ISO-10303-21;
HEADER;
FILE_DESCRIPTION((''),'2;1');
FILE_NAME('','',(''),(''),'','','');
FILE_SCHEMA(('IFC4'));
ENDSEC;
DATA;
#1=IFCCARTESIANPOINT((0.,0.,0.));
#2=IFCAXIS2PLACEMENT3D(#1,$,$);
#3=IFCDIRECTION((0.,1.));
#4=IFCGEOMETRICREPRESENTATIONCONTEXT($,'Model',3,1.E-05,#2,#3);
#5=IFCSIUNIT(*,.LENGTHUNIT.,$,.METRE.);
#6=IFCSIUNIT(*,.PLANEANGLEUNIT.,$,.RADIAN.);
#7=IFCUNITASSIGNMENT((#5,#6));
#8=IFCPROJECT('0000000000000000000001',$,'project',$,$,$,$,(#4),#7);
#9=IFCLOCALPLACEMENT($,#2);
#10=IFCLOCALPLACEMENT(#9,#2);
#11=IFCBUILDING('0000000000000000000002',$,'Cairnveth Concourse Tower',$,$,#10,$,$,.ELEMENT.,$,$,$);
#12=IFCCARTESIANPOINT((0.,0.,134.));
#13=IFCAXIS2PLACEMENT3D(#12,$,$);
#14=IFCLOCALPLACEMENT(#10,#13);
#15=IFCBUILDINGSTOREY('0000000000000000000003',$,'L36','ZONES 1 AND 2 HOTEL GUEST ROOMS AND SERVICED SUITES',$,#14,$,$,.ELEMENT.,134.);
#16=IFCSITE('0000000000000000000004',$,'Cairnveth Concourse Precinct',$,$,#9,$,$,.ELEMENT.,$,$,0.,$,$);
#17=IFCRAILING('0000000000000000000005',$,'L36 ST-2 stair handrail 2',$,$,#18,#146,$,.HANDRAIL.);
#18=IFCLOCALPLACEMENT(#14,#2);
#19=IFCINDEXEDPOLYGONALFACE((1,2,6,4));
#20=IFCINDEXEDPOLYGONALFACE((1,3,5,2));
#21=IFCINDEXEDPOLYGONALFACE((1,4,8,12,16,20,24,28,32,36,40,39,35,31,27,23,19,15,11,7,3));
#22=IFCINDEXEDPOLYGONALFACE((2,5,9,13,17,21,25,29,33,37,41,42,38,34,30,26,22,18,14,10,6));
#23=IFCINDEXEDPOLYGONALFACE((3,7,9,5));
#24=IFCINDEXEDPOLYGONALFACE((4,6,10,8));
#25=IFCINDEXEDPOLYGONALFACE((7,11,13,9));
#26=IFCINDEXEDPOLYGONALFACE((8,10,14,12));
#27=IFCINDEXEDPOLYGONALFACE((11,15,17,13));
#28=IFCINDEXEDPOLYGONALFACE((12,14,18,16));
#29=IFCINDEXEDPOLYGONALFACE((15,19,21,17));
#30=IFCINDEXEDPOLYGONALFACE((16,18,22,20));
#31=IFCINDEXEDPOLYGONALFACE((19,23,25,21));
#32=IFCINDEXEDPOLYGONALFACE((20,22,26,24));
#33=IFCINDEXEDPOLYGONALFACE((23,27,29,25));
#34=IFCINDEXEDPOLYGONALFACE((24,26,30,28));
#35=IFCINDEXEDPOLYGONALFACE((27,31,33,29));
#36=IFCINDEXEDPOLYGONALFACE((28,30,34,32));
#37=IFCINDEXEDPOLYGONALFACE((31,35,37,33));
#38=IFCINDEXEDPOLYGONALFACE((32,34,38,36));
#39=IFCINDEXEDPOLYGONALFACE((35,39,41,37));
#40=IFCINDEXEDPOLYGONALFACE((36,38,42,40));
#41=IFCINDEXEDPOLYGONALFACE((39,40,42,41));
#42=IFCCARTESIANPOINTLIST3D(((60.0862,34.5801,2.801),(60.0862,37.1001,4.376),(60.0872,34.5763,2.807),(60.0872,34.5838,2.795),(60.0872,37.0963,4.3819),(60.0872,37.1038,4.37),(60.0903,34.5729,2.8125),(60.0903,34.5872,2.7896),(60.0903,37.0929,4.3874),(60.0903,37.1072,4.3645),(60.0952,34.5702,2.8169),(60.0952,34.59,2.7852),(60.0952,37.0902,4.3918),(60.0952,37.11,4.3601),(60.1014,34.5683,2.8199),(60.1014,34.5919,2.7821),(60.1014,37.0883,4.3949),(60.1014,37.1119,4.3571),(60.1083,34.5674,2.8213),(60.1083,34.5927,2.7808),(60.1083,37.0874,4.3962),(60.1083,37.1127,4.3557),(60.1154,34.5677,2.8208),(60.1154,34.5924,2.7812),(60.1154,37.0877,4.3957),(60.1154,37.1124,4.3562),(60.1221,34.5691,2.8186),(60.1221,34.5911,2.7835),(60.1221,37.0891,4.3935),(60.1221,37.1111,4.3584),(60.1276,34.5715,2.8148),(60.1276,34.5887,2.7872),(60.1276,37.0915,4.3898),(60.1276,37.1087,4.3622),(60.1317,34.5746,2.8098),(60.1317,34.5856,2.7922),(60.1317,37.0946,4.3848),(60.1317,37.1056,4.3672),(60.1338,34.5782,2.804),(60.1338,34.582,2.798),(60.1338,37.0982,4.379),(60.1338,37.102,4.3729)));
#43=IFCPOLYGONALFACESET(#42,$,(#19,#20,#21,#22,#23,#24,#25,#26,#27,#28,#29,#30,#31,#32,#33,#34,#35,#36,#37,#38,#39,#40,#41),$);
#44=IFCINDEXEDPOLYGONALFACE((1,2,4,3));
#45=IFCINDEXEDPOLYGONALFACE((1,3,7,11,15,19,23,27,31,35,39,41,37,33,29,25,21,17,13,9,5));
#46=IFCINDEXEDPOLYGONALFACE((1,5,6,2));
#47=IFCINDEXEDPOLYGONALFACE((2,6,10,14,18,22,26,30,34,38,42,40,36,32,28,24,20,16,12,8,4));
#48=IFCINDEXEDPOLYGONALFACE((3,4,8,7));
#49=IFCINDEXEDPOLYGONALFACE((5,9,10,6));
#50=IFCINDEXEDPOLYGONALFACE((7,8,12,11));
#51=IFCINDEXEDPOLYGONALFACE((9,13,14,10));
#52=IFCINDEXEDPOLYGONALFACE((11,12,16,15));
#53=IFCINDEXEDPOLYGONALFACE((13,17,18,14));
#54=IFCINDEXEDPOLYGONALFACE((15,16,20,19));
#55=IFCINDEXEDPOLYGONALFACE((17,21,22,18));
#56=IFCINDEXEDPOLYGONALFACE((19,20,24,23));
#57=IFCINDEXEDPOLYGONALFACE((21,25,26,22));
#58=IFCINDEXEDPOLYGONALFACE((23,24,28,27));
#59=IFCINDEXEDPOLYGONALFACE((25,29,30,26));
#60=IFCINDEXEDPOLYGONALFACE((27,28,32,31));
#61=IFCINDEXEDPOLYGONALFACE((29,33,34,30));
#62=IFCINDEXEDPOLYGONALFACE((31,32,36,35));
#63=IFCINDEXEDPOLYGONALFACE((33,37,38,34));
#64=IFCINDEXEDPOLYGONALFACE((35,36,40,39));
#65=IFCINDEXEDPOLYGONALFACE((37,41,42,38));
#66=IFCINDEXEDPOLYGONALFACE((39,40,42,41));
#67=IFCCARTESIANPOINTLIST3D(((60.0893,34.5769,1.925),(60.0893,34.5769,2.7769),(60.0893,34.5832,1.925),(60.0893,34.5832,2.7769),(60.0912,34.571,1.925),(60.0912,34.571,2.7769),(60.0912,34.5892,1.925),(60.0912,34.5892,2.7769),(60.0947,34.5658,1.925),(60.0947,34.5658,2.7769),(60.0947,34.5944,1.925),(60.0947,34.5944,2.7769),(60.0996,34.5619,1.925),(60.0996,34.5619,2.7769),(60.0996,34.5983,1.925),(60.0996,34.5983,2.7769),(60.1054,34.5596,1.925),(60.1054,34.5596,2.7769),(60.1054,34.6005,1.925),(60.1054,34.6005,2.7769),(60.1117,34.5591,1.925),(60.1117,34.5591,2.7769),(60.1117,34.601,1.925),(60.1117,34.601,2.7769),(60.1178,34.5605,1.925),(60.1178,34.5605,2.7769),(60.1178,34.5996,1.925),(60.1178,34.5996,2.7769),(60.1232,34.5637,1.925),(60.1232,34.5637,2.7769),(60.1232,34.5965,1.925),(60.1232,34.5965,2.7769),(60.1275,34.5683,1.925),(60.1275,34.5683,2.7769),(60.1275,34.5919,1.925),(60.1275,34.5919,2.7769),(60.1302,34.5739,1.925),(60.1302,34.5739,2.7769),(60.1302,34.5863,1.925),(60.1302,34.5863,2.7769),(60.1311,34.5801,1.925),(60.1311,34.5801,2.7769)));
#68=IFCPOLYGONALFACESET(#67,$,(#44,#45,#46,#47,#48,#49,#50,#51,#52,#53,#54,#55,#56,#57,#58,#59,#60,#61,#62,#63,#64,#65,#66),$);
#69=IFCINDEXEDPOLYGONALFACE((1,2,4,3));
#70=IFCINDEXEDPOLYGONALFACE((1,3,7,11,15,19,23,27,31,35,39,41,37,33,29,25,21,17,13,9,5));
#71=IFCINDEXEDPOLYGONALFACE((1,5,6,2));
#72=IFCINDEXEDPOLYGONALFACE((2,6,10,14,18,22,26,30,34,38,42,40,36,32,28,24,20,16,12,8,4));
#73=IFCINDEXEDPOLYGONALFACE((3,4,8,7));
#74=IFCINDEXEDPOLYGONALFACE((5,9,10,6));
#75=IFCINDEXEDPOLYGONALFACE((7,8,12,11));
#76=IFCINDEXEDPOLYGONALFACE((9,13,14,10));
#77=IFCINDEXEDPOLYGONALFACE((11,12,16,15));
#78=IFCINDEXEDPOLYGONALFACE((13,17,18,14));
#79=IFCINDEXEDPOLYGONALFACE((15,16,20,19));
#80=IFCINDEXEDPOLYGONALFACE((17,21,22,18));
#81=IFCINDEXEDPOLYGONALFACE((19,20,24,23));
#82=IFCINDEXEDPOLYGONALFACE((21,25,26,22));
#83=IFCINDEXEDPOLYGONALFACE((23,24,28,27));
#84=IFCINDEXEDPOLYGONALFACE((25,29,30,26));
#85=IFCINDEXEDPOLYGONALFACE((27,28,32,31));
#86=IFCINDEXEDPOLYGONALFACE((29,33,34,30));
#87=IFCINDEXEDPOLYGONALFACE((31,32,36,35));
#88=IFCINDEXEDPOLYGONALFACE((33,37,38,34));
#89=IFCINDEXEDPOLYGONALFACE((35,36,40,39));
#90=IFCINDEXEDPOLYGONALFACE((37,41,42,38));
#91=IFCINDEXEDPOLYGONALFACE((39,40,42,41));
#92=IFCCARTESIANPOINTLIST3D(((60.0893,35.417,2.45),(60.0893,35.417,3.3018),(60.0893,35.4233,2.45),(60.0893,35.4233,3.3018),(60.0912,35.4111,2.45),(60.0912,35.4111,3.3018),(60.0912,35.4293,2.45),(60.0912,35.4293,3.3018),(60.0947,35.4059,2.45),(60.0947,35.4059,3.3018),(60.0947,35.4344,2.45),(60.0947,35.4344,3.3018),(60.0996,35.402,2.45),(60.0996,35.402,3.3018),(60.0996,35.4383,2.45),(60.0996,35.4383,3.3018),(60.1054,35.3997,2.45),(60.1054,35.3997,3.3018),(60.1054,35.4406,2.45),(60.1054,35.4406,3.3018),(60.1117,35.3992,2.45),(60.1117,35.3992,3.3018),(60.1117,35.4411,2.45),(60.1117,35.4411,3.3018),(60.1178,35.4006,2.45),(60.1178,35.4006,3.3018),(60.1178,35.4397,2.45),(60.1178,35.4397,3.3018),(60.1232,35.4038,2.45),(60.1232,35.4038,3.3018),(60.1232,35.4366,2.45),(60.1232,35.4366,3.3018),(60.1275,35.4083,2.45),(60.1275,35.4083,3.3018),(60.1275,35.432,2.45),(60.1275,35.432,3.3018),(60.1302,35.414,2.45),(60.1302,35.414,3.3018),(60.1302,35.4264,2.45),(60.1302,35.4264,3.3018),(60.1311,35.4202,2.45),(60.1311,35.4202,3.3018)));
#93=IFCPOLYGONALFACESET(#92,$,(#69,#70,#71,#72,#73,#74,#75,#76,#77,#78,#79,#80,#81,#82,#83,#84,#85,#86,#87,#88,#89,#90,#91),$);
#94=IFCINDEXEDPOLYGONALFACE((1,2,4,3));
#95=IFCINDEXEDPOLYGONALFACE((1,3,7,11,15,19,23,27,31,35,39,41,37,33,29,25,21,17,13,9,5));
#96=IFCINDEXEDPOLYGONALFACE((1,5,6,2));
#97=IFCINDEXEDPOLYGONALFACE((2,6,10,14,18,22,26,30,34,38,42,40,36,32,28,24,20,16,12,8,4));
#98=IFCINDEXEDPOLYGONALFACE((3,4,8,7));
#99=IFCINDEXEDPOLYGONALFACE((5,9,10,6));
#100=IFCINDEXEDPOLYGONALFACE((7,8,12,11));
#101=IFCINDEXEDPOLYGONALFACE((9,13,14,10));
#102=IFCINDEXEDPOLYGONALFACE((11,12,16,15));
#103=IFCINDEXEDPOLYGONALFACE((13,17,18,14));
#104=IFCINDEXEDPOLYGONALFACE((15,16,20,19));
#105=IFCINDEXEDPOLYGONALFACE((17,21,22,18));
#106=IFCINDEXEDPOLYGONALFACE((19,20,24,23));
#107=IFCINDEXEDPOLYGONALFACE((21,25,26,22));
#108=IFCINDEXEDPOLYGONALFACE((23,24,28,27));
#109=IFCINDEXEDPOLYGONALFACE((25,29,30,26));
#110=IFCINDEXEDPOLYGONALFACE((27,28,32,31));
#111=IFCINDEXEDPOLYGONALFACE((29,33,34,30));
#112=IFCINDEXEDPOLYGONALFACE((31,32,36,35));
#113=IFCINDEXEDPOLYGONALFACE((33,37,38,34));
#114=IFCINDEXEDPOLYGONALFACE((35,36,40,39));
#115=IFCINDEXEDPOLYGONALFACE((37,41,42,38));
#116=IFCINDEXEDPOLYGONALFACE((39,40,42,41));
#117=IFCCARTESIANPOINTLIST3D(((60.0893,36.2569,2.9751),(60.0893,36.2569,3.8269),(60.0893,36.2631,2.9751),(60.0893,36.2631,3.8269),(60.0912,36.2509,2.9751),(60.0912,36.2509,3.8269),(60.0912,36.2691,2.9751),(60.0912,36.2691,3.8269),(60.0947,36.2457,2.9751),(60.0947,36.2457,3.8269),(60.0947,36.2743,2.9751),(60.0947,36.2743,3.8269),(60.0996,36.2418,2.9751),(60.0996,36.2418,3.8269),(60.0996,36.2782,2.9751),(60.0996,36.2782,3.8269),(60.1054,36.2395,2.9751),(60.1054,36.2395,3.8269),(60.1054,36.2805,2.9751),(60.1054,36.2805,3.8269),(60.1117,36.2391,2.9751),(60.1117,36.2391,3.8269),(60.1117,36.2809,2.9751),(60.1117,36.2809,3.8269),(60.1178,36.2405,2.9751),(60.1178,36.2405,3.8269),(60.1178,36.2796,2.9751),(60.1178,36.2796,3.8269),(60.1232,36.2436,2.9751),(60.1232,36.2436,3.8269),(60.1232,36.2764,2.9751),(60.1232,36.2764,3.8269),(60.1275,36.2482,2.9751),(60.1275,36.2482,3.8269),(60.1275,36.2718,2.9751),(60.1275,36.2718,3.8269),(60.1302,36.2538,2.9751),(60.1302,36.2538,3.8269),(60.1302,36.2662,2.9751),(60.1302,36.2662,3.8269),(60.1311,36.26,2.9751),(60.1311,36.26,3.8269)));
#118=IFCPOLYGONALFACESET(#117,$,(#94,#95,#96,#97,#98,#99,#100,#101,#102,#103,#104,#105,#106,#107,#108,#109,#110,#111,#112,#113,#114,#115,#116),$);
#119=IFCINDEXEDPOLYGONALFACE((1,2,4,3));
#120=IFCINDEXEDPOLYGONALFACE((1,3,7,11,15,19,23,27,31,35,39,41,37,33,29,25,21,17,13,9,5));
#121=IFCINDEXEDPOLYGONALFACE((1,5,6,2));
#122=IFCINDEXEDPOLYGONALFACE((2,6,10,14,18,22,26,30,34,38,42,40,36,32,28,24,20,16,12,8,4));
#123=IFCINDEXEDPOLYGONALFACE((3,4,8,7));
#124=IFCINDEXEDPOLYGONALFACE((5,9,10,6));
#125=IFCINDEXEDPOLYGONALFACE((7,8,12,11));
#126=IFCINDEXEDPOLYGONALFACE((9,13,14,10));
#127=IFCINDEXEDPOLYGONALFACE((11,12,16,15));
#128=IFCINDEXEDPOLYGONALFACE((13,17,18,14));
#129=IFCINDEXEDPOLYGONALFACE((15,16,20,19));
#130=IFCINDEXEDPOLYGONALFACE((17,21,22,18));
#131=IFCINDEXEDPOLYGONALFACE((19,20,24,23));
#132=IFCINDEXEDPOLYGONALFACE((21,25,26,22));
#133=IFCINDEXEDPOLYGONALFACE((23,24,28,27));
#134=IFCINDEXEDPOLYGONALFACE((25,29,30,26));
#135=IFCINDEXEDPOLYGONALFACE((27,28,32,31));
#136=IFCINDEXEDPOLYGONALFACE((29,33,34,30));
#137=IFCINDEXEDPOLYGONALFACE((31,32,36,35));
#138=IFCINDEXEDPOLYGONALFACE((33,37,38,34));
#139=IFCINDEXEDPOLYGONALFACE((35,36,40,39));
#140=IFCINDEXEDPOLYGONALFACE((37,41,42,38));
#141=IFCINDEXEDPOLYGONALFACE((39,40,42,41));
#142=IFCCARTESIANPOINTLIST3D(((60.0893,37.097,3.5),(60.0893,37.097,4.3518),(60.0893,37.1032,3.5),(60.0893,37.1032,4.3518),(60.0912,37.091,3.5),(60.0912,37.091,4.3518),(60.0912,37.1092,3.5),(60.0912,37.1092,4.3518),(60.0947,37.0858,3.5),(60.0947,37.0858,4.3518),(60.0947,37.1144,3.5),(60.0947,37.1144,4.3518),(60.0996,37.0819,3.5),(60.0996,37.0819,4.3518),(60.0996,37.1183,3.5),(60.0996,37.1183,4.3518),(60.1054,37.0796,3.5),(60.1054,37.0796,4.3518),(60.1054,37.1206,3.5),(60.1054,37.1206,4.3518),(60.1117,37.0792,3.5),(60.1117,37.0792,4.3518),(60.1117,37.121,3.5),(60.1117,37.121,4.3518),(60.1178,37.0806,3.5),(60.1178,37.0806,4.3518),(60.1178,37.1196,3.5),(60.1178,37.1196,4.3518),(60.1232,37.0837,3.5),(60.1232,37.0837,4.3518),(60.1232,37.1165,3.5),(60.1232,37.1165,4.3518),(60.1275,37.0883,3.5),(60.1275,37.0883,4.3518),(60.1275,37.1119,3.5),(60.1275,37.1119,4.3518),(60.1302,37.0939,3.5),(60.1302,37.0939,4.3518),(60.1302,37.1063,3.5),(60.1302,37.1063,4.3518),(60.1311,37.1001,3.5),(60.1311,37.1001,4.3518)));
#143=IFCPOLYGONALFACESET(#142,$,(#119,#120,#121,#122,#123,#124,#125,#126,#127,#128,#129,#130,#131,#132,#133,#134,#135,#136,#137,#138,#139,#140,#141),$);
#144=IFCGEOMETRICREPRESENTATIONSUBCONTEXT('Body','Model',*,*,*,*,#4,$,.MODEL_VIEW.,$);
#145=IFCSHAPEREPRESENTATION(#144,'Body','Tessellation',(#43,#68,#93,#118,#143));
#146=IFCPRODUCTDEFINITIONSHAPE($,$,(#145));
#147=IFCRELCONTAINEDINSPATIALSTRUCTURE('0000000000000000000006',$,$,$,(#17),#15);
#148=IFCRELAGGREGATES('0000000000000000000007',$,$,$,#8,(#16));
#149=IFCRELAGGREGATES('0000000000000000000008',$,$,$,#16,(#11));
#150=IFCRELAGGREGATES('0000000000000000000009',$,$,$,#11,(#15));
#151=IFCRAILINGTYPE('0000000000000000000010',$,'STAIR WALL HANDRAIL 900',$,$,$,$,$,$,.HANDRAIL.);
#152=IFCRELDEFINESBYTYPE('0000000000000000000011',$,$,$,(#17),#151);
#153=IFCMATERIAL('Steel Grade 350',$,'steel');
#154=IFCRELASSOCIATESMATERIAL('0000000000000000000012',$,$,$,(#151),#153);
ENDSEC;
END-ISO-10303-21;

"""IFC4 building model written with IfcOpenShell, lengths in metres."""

from ifc_helpers import new_model, si_unit, direction, frame, origin, origin_2d, place, context, subcontext, project, spatial, circle, extrude, material, type_object, element, save


model = new_model("IFC4")

# Units and contexts
model_context = context("Model", 3, precision=1e-05, world=origin(), true_north=direction((0.0, 1.0)))
body_context = subcontext(model_context, "Body", "Model", "MODEL_VIEW")
ifc_project = project(units=[si_unit("LENGTHUNIT", "METRE"), si_unit("PLANEANGLEUNIT", "RADIAN")], contexts=[model_context])

# Site, building, storey
site_placement = place(None, origin())
site = spatial("IfcSite", under=ifc_project, at=site_placement, Name="Cairnveth Concourse Precinct", CompositionType="ELEMENT", RefElevation=0.0)
building_placement = place(site_placement, origin())
building = spatial("IfcBuilding", under=site, at=building_placement, Name="Cairnveth Concourse Tower", CompositionType="ELEMENT")
storey_placement = place(building_placement, frame((0.0, 0.0, 134.0)))
storey = spatial("IfcBuildingStorey", under=building, at=storey_placement, Name="L36", Description="ZONES 1 AND 2 HOTEL GUEST ROOMS AND SERVICED SUITES", CompositionType="ELEMENT", Elevation=134.0)

# Shared definitions
ifc_material_1 = material(Name="Steel Grade 350", Category="steel")

# Railing
railing_type_1 = type_object("IfcRailingType", Name="STAIR WALL HANDRAIL 900", PredefinedType="HANDRAIL", material=ifc_material_1)
railing_1_placement = place(storey_placement, frame((60.1101, 34.5801, 1.925)))
element("IfcRailing", 1, at=railing_1_placement, inside=storey, type_object=railing_type_1, Name="L36 ST-2 stair handrail 2", PredefinedType="HANDRAIL", context=body_context, shape_type="SweptSolid", body=[
    extrude(circle(Radius=0.0239, at=origin_2d()), frame((0.0, 0.0, 0.876), z_axis=(0.0, 0.848008, 0.529984), x_axis=(-1.0, 0.0, 0.0)), (0.0, 0.0, 1.0), 2.9717),
    extrude(circle(Radius=0.021, at=origin_2d()), origin(), (0.0, 0.0, 1.0), 0.8518),
    extrude(circle(Radius=0.021, at=origin_2d()), frame((0.0, 0.8401, 0.5249)), (0.0, 0.0, 1.0), 0.8518),
    extrude(circle(Radius=0.021, at=origin_2d()), frame((0.0, 1.6799, 1.05)), (0.0, 0.0, 1.0), 0.8518),
    extrude(circle(Radius=0.021, at=origin_2d()), frame((0.0, 2.52, 1.575)), (0.0, 0.0, 1.0), 0.8518),
])

save(model, "model.ifc")
